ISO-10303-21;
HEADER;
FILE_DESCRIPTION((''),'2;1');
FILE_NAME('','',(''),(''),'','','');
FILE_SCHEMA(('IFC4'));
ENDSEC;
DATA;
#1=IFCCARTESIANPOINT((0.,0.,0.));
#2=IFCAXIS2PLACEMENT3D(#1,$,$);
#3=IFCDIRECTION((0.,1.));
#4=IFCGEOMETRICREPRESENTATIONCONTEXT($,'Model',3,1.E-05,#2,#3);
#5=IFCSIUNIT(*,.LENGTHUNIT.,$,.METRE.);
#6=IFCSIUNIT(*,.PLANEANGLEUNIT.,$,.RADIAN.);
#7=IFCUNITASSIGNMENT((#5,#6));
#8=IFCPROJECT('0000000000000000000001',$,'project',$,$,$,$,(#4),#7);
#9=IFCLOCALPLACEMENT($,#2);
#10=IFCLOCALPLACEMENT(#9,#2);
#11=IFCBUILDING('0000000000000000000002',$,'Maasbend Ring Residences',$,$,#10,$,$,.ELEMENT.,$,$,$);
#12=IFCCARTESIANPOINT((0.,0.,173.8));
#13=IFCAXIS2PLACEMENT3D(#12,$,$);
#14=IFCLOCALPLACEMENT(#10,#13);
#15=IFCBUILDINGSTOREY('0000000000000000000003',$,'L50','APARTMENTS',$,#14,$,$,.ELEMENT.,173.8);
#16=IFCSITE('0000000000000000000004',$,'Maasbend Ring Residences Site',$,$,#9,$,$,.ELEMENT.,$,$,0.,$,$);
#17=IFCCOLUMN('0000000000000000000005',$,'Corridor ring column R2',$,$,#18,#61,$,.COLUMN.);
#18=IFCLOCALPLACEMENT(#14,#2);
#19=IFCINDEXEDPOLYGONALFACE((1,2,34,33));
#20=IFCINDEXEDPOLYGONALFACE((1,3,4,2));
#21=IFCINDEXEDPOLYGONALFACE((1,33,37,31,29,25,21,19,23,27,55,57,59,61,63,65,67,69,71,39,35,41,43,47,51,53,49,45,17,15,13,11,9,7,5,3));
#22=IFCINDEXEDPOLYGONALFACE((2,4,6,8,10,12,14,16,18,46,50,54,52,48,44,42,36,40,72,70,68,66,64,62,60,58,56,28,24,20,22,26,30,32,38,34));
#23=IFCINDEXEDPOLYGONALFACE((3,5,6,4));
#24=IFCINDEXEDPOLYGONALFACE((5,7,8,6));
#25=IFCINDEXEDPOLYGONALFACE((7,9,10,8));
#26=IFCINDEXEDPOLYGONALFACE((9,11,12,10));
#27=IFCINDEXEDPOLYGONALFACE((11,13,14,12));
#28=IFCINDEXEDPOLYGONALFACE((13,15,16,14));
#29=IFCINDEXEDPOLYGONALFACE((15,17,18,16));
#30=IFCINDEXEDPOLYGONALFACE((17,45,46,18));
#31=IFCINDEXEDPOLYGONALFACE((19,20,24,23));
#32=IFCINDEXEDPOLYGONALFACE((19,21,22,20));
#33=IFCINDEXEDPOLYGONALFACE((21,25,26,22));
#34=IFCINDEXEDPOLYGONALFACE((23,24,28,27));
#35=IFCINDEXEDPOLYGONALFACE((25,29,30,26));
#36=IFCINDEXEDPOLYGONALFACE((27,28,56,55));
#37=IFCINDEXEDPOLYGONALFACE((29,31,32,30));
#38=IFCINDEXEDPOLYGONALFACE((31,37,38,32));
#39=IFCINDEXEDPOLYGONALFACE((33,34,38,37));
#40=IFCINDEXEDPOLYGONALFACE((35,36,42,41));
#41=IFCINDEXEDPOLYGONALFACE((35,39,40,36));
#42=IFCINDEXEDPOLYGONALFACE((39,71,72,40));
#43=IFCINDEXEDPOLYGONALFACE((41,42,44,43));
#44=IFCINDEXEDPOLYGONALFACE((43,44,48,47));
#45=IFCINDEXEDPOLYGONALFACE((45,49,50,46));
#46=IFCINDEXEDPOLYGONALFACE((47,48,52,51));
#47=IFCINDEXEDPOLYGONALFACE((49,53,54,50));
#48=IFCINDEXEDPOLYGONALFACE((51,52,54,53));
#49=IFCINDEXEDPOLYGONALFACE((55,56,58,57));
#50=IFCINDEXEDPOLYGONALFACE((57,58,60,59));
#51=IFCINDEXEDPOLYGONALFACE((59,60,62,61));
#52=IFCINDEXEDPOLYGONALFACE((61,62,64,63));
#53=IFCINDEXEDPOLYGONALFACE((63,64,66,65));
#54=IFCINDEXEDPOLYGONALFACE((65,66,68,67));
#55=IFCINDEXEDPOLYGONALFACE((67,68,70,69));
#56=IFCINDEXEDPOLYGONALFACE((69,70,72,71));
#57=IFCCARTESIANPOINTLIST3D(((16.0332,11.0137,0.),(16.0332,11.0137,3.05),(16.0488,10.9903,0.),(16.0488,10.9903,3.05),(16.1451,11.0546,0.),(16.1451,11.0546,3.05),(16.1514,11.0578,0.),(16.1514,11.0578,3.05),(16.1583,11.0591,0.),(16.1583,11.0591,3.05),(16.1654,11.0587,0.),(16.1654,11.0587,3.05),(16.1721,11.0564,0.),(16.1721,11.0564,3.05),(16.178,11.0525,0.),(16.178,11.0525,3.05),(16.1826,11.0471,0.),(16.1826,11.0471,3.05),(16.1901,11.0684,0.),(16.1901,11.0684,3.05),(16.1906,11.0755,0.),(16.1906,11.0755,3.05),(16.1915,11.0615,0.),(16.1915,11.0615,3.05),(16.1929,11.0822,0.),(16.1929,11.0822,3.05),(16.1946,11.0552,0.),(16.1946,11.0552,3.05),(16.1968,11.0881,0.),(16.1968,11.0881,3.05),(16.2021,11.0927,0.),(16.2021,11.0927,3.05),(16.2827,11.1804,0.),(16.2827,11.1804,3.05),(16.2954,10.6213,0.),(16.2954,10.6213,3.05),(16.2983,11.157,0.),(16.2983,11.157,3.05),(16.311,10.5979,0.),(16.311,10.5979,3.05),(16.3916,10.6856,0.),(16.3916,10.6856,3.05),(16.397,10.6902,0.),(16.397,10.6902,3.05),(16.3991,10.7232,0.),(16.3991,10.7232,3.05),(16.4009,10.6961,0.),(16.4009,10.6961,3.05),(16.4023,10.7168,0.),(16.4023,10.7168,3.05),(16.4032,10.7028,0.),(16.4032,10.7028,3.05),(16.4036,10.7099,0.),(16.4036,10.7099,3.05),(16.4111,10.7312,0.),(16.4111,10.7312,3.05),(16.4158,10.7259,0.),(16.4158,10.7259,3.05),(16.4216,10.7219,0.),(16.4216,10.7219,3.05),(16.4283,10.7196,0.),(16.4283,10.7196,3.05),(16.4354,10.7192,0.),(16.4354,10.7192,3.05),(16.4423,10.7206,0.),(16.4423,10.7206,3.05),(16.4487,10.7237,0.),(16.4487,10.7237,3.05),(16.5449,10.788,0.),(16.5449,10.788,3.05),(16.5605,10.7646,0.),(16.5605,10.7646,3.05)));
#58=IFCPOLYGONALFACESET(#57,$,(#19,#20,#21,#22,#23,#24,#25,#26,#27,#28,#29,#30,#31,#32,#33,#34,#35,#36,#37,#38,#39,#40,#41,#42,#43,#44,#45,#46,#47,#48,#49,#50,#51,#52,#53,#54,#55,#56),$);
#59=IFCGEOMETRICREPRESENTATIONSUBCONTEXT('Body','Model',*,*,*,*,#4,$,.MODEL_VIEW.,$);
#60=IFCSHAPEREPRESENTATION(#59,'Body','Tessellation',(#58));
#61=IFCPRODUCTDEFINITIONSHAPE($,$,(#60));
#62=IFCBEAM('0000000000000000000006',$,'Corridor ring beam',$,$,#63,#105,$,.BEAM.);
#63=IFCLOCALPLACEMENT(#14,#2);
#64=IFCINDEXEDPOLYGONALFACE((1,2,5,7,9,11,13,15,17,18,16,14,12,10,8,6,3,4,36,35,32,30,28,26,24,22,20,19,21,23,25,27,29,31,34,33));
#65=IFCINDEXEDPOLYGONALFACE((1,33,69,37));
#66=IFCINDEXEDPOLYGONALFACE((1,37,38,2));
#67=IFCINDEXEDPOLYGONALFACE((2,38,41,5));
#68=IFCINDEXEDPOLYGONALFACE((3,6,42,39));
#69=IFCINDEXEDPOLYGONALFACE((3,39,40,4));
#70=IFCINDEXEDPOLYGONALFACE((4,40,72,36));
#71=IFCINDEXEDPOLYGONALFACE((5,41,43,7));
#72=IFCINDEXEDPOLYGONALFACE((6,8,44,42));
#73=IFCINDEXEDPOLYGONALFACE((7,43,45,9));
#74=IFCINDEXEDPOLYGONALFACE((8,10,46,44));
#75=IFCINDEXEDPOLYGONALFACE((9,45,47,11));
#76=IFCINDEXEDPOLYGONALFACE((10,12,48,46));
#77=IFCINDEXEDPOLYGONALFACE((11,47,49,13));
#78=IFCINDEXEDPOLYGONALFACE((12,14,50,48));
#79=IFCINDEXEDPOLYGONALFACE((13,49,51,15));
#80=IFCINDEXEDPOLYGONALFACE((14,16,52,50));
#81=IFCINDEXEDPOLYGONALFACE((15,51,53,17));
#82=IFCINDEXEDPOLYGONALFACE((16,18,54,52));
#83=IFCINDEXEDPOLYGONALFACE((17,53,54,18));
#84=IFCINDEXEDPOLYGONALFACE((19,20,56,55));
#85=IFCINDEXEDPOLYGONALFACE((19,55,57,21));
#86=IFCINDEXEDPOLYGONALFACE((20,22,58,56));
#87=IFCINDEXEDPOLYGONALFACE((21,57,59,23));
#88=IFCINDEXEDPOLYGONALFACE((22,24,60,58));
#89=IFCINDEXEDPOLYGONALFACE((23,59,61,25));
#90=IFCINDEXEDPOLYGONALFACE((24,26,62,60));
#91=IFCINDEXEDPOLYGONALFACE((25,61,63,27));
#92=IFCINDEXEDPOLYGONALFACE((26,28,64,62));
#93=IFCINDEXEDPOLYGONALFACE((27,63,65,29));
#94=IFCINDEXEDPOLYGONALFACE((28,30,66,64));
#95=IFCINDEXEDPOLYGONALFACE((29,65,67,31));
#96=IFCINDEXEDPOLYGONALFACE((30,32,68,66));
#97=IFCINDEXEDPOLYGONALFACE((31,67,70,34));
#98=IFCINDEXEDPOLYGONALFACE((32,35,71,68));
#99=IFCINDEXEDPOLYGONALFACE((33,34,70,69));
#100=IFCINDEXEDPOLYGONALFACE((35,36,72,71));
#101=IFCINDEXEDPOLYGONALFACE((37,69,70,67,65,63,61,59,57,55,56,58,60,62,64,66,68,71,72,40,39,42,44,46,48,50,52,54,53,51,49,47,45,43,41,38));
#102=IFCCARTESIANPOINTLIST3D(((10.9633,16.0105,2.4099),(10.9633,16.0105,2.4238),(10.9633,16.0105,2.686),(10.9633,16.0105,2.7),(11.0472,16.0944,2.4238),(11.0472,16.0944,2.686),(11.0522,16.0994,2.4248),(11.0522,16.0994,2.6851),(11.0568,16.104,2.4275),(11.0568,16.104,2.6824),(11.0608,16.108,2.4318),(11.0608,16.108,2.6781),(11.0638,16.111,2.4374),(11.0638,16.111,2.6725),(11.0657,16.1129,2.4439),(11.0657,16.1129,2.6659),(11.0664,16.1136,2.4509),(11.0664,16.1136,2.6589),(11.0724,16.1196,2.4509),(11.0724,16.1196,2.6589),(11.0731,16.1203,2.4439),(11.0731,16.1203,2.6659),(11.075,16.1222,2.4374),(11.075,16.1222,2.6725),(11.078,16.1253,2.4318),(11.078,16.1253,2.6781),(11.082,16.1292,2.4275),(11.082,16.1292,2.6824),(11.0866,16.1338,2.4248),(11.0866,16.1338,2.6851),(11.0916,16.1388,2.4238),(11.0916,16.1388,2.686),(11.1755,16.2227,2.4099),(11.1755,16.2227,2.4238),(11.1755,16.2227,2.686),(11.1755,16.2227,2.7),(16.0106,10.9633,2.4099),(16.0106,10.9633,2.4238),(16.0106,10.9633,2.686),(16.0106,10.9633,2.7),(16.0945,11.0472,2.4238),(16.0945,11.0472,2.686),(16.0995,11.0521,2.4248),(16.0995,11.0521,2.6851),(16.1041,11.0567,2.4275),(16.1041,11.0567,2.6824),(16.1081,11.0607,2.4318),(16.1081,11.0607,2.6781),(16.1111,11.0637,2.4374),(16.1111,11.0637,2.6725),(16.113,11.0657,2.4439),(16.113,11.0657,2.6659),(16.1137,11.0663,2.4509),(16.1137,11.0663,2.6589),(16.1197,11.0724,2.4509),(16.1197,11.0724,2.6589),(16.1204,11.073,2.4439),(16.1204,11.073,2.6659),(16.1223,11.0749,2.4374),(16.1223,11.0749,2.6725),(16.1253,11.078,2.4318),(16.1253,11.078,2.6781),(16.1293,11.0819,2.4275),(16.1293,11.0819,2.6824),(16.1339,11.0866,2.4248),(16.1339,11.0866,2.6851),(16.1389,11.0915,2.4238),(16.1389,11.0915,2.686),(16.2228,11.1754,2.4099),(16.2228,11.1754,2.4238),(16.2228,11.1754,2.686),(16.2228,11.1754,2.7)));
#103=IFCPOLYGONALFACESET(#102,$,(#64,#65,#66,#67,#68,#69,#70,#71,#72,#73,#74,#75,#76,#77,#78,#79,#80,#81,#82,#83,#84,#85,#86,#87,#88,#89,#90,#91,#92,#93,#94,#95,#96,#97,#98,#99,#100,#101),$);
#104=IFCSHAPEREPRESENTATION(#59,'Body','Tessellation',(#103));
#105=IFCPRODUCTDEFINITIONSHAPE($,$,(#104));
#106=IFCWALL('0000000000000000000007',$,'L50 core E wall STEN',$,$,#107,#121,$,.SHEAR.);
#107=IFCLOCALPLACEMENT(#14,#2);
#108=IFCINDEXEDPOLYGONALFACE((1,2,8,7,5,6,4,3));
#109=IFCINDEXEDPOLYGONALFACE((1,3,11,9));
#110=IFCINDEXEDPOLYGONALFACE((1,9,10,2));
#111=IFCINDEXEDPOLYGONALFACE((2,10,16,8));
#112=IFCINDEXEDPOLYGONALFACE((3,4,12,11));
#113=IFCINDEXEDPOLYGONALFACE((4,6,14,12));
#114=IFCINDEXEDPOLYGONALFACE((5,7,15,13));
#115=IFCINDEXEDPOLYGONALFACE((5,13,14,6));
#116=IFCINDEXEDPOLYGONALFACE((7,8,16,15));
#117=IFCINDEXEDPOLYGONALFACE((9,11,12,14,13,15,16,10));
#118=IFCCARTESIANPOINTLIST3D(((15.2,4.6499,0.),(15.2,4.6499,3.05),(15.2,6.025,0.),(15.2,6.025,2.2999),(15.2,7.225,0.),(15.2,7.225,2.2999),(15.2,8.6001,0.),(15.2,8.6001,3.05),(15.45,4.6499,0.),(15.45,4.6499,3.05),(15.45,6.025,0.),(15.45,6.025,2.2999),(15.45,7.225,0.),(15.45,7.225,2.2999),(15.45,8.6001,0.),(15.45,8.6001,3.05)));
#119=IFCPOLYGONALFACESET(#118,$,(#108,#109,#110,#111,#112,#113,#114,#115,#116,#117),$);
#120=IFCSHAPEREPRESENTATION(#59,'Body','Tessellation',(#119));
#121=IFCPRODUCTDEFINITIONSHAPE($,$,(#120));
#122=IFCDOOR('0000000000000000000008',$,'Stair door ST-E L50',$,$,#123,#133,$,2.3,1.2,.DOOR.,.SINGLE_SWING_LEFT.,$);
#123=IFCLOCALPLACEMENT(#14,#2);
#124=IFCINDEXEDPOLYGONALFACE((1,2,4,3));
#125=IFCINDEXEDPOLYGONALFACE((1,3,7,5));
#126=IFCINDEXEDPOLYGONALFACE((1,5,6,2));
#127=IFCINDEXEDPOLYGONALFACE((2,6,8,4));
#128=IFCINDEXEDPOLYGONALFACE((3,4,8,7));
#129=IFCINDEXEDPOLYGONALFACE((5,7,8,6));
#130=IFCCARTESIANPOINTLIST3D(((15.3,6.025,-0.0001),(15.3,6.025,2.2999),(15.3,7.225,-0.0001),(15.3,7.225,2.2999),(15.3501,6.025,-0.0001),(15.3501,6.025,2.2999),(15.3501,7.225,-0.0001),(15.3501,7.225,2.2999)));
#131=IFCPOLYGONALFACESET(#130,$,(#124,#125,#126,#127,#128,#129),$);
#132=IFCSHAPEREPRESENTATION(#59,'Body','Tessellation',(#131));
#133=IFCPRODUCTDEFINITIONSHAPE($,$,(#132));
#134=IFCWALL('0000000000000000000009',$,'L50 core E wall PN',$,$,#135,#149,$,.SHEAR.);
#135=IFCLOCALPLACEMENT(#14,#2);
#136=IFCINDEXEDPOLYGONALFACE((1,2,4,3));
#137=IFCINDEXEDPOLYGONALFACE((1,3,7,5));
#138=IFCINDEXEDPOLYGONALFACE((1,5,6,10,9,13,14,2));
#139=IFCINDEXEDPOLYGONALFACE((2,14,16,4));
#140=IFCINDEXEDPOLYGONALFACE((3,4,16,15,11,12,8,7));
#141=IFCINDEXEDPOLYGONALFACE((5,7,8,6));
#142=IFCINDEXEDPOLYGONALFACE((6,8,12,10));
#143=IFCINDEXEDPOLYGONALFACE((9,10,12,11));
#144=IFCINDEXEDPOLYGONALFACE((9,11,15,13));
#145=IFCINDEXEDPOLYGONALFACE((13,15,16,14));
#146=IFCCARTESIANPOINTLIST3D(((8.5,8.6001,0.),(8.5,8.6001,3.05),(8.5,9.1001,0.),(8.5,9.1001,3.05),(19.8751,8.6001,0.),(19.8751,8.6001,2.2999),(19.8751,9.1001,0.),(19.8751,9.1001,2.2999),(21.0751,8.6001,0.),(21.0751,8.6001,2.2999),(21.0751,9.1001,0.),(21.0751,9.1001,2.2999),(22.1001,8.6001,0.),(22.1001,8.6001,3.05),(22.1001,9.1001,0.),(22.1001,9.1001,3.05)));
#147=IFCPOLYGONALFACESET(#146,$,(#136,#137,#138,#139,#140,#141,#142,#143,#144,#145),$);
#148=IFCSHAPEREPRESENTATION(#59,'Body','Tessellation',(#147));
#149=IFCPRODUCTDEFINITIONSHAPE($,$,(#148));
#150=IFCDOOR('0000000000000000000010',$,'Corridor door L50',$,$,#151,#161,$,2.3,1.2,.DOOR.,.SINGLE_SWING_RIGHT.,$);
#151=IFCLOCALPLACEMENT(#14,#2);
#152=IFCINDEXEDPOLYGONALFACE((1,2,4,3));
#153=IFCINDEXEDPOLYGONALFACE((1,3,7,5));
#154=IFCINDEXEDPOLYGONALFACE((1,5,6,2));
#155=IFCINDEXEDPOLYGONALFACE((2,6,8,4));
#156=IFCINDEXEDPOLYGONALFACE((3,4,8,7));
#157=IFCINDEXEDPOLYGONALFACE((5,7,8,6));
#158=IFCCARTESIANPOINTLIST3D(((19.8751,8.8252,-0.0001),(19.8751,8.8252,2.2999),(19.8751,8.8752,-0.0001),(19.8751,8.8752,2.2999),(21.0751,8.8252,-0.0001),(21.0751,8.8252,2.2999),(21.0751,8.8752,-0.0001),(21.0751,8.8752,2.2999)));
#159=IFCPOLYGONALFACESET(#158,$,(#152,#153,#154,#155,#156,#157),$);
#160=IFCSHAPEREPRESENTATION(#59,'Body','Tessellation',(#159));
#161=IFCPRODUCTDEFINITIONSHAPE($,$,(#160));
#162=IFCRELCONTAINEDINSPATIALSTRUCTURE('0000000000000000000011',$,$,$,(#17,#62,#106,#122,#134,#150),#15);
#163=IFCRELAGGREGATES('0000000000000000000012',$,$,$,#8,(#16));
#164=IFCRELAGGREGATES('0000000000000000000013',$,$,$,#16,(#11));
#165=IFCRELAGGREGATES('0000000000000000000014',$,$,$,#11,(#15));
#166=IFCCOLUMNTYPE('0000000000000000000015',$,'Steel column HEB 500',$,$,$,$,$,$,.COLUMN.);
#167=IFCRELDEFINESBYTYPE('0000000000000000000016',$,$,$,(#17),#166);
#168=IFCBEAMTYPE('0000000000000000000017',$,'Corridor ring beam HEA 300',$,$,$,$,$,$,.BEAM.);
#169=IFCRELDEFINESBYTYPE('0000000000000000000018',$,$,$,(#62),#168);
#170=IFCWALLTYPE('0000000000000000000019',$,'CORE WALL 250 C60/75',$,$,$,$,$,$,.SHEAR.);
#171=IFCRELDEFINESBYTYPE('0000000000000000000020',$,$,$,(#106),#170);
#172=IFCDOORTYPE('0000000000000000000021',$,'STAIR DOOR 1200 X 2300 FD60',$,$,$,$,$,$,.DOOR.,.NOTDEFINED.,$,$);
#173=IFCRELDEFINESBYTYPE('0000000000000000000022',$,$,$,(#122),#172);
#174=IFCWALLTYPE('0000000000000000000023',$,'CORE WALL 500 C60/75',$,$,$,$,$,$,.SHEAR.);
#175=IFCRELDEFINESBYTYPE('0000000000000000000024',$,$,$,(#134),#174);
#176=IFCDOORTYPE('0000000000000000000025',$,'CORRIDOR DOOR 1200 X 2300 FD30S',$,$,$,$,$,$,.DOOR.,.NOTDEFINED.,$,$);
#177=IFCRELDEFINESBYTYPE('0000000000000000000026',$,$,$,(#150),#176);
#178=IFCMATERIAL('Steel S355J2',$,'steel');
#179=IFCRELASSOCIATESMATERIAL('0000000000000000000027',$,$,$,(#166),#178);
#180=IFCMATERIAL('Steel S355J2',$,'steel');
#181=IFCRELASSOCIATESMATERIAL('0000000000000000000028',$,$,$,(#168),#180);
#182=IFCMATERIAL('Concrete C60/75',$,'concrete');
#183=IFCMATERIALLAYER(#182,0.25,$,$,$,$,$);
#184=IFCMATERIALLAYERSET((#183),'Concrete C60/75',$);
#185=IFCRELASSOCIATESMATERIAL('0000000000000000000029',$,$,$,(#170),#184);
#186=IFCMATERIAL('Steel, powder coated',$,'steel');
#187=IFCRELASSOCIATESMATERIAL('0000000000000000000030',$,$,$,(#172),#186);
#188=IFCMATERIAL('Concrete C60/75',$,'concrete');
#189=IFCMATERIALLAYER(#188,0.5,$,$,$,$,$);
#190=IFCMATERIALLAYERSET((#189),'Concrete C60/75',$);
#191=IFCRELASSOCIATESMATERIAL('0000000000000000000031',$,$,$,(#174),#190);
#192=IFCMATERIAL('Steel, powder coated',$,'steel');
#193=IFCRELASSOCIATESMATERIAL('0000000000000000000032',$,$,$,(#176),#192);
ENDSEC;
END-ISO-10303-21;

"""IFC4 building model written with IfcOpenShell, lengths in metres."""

from ifc_helpers import new_model, si_unit, direction, frame, frame_2d, origin, origin_2d, place, context, subcontext, project, spatial, rectangle, i_section, extrude, material, layer, layer_set, material_profile, profile_set, type_object, element, fill, save


model = new_model("IFC4")

# Units and contexts
model_context = context("Model", 3, precision=1e-05, world=origin(), true_north=direction((0.0, 1.0)))
body_context = subcontext(model_context, "Body", "Model", "MODEL_VIEW")
ifc_project = project(units=[si_unit("LENGTHUNIT", "METRE"), si_unit("PLANEANGLEUNIT", "RADIAN")], contexts=[model_context])

# Site, building, storey
site_placement = place(None, origin())
site = spatial("IfcSite", under=ifc_project, at=site_placement, Name="Maasbend Ring Residences Site", CompositionType="ELEMENT", RefElevation=0.0)
building_placement = place(site_placement, origin())
building = spatial("IfcBuilding", under=site, at=building_placement, Name="Maasbend Ring Residences", CompositionType="ELEMENT")
storey_placement = place(building_placement, frame((0.0, 0.0, 173.8)))
storey = spatial("IfcBuildingStorey", under=building, at=storey_placement, Name="L50", Description="APARTMENTS", CompositionType="ELEMENT", Elevation=173.8)

# Column
ifc_material_1 = material(Name="Steel S355J2", Category="steel")
ifc_material_profile_1 = material_profile(ifc_material_1, i_section(OverallWidth=0.3, OverallDepth=0.5, WebThickness=0.0144, FlangeThickness=0.0281, FilletRadius=0.0271, at=origin_2d()), Name="HEB 500")
ifc_profile_set_1 = profile_set([ifc_material_profile_1], Name="Steel S355J2")
column_type = type_object("IfcColumnType", Name="Steel column HEB 500", PredefinedType="COLUMN", material=ifc_profile_set_1)
column_placement = place(storey_placement, frame((16.2969, 10.8892, 0.0), z_axis=(0.0, 0.0, 1.0), x_axis=(0.83147, 0.55557, 0.0)))
element("IfcColumn", 1, at=column_placement, inside=storey, type_object=column_type, Name="Corridor ring column R2", PredefinedType="COLUMN", context=body_context, shape_type="SweptSolid", body=[
    extrude(i_section(OverallWidth=0.3, OverallDepth=0.5, WebThickness=0.0144, FlangeThickness=0.0281, FilletRadius=0.0271, at=origin_2d()), origin(), (0.0, 0.0, 1.0), 3.05),
])

# Beam
ifc_material_2 = material(Name="Steel S355J2", Category="steel")
ifc_material_profile_2 = material_profile(ifc_material_2, i_section(OverallWidth=0.3, OverallDepth=0.29, WebThickness=0.0085, FlangeThickness=0.0139, FilletRadius=0.0271, at=origin_2d()), Name="HEA 300")
ifc_profile_set_2 = profile_set([ifc_material_profile_2], Name="Steel S355J2")
beam_type = type_object("IfcBeamType", Name="Corridor ring beam HEA 300", PredefinedType="BEAM", material=ifc_profile_set_2)
beam_placement = place(storey_placement, frame((16.1167, 11.0693, 2.5549), z_axis=(-0.707107, 0.707107, 0.0), x_axis=(-0.707107, -0.707107, 0.0)))
element("IfcBeam", 2, at=beam_placement, inside=storey, type_object=beam_type, Name="Corridor ring beam", PredefinedType="BEAM", context=body_context, shape_type="SweptSolid", body=[
    extrude(i_section(OverallWidth=0.3, OverallDepth=0.29, WebThickness=0.0085, FlangeThickness=0.0139, FilletRadius=0.0271, at=origin_2d()), origin(), (0.0, 0.0, 1.0), 7.1379),
])

# Walls, openings, doors
ifc_material_3 = material(Name="Concrete C60/75", Category="concrete")
ifc_layer_1 = layer(ifc_material_3, 0.25)
ifc_layer_set_1 = layer_set([ifc_layer_1], Name="Concrete C60/75")
wall_type_1 = type_object("IfcWallType", Name="CORE WALL 250 C60/75", PredefinedType="SHEAR", material=ifc_layer_set_1)
wall_1_placement = place(storey_placement, frame((15.325, 4.6499, 0.0), z_axis=(0.0, 0.0, 1.0), x_axis=(0.0, 1.0, 0.0)))
wall_1 = element("IfcWall", 3, at=wall_1_placement, inside=storey, type_object=wall_type_1, Name="L50 core E wall STEN", PredefinedType="SHEAR", context=body_context, shape_type="SweptSolid", body=[
    extrude(rectangle(XDim=3.9502, YDim=0.25, at=frame_2d((1.9751, 0.0))), origin(), (0.0, 0.0, 1.0), 3.05),
])
opening_1_placement = place(wall_1_placement, frame((1.375, 0.0, 0.0)))
opening_1 = element("IfcOpeningElement", 4, at=opening_1_placement, cuts=wall_1, PredefinedType="OPENING", context=body_context, shape_type="SweptSolid", body=[
    extrude(rectangle(XDim=1.2, YDim=2.3, at=frame_2d((0.6001, 1.1499))), frame((0.0, 0.135, 0.0), z_axis=(0.0, -1.0, 0.0), x_axis=(1.0, 0.0, 0.0)), (0.0, 0.0, 1.0), 0.27),
])
ifc_material_4 = material(Name="Steel, powder coated", Category="steel")
door_type_1 = type_object("IfcDoorType", Name="STAIR DOOR 1200 X 2300 FD60", OperationType="NOTDEFINED", PredefinedType="DOOR", material=ifc_material_4)
door_1_placement = place(opening_1_placement, origin())
door_1 = element("IfcDoor", 5, at=door_1_placement, inside=storey, type_object=door_type_1, Name="Stair door ST-E L50", OperationType="SINGLE_SWING_LEFT", OverallHeight=2.3, OverallWidth=1.2, PredefinedType="DOOR", context=body_context, shape_type="SweptSolid", body=[
    extrude(rectangle(XDim=1.2, YDim=2.3, at=frame_2d((0.6001, 1.1499))), frame((0.0, 0.0249, 0.0), z_axis=(0.0, -1.0, 0.0), x_axis=(1.0, 0.0, 0.0)), (0.0, 0.0, 1.0), 0.05),
])
fill(opening_1, door_1)
ifc_material_5 = material(Name="Concrete C60/75", Category="concrete")
ifc_layer_2 = layer(ifc_material_5, 0.5)
ifc_layer_set_2 = layer_set([ifc_layer_2], Name="Concrete C60/75")
wall_type_2 = type_object("IfcWallType", Name="CORE WALL 500 C60/75", PredefinedType="SHEAR", material=ifc_layer_set_2)
wall_2_placement = place(storey_placement, frame((22.1001, 8.8501, 0.0), z_axis=(0.0, 0.0, 1.0), x_axis=(-1.0, 0.0, 0.0)))
wall_2 = element("IfcWall", 6, at=wall_2_placement, inside=storey, type_object=wall_type_2, Name="L50 core E wall PN", PredefinedType="SHEAR", context=body_context, shape_type="SweptSolid", body=[
    extrude(rectangle(XDim=13.6001, YDim=0.5, at=frame_2d((6.8, 0.0))), origin(), (0.0, 0.0, 1.0), 3.05),
])
opening_2_placement = place(wall_2_placement, frame((1.0249, 0.0, 0.0)))
opening_2 = element("IfcOpeningElement", 7, at=opening_2_placement, cuts=wall_2, PredefinedType="OPENING", context=body_context, shape_type="SweptSolid", body=[
    extrude(rectangle(XDim=1.2, YDim=2.3, at=frame_2d((0.6001, 1.1499))), frame((0.0, 0.26, 0.0), z_axis=(0.0, -1.0, 0.0), x_axis=(1.0, 0.0, 0.0)), (0.0, 0.0, 1.0), 0.52),
])
ifc_material_6 = material(Name="Steel, powder coated", Category="steel")
door_type_2 = type_object("IfcDoorType", Name="CORRIDOR DOOR 1200 X 2300 FD30S", OperationType="NOTDEFINED", PredefinedType="DOOR", material=ifc_material_6)
door_2_placement = place(opening_2_placement, origin())
door_2 = element("IfcDoor", 8, at=door_2_placement, inside=storey, type_object=door_type_2, Name="Corridor door L50", OperationType="SINGLE_SWING_RIGHT", OverallHeight=2.3, OverallWidth=1.2, PredefinedType="DOOR", context=body_context, shape_type="SweptSolid", body=[
    extrude(rectangle(XDim=1.2, YDim=2.3, at=frame_2d((0.6001, 1.1499))), frame((0.0, 0.0249, 0.0), z_axis=(0.0, -1.0, 0.0), x_axis=(1.0, 0.0, 0.0)), (0.0, 0.0, 1.0), 0.05),
])
fill(opening_2, door_2)

save(model, "model.ifc")
